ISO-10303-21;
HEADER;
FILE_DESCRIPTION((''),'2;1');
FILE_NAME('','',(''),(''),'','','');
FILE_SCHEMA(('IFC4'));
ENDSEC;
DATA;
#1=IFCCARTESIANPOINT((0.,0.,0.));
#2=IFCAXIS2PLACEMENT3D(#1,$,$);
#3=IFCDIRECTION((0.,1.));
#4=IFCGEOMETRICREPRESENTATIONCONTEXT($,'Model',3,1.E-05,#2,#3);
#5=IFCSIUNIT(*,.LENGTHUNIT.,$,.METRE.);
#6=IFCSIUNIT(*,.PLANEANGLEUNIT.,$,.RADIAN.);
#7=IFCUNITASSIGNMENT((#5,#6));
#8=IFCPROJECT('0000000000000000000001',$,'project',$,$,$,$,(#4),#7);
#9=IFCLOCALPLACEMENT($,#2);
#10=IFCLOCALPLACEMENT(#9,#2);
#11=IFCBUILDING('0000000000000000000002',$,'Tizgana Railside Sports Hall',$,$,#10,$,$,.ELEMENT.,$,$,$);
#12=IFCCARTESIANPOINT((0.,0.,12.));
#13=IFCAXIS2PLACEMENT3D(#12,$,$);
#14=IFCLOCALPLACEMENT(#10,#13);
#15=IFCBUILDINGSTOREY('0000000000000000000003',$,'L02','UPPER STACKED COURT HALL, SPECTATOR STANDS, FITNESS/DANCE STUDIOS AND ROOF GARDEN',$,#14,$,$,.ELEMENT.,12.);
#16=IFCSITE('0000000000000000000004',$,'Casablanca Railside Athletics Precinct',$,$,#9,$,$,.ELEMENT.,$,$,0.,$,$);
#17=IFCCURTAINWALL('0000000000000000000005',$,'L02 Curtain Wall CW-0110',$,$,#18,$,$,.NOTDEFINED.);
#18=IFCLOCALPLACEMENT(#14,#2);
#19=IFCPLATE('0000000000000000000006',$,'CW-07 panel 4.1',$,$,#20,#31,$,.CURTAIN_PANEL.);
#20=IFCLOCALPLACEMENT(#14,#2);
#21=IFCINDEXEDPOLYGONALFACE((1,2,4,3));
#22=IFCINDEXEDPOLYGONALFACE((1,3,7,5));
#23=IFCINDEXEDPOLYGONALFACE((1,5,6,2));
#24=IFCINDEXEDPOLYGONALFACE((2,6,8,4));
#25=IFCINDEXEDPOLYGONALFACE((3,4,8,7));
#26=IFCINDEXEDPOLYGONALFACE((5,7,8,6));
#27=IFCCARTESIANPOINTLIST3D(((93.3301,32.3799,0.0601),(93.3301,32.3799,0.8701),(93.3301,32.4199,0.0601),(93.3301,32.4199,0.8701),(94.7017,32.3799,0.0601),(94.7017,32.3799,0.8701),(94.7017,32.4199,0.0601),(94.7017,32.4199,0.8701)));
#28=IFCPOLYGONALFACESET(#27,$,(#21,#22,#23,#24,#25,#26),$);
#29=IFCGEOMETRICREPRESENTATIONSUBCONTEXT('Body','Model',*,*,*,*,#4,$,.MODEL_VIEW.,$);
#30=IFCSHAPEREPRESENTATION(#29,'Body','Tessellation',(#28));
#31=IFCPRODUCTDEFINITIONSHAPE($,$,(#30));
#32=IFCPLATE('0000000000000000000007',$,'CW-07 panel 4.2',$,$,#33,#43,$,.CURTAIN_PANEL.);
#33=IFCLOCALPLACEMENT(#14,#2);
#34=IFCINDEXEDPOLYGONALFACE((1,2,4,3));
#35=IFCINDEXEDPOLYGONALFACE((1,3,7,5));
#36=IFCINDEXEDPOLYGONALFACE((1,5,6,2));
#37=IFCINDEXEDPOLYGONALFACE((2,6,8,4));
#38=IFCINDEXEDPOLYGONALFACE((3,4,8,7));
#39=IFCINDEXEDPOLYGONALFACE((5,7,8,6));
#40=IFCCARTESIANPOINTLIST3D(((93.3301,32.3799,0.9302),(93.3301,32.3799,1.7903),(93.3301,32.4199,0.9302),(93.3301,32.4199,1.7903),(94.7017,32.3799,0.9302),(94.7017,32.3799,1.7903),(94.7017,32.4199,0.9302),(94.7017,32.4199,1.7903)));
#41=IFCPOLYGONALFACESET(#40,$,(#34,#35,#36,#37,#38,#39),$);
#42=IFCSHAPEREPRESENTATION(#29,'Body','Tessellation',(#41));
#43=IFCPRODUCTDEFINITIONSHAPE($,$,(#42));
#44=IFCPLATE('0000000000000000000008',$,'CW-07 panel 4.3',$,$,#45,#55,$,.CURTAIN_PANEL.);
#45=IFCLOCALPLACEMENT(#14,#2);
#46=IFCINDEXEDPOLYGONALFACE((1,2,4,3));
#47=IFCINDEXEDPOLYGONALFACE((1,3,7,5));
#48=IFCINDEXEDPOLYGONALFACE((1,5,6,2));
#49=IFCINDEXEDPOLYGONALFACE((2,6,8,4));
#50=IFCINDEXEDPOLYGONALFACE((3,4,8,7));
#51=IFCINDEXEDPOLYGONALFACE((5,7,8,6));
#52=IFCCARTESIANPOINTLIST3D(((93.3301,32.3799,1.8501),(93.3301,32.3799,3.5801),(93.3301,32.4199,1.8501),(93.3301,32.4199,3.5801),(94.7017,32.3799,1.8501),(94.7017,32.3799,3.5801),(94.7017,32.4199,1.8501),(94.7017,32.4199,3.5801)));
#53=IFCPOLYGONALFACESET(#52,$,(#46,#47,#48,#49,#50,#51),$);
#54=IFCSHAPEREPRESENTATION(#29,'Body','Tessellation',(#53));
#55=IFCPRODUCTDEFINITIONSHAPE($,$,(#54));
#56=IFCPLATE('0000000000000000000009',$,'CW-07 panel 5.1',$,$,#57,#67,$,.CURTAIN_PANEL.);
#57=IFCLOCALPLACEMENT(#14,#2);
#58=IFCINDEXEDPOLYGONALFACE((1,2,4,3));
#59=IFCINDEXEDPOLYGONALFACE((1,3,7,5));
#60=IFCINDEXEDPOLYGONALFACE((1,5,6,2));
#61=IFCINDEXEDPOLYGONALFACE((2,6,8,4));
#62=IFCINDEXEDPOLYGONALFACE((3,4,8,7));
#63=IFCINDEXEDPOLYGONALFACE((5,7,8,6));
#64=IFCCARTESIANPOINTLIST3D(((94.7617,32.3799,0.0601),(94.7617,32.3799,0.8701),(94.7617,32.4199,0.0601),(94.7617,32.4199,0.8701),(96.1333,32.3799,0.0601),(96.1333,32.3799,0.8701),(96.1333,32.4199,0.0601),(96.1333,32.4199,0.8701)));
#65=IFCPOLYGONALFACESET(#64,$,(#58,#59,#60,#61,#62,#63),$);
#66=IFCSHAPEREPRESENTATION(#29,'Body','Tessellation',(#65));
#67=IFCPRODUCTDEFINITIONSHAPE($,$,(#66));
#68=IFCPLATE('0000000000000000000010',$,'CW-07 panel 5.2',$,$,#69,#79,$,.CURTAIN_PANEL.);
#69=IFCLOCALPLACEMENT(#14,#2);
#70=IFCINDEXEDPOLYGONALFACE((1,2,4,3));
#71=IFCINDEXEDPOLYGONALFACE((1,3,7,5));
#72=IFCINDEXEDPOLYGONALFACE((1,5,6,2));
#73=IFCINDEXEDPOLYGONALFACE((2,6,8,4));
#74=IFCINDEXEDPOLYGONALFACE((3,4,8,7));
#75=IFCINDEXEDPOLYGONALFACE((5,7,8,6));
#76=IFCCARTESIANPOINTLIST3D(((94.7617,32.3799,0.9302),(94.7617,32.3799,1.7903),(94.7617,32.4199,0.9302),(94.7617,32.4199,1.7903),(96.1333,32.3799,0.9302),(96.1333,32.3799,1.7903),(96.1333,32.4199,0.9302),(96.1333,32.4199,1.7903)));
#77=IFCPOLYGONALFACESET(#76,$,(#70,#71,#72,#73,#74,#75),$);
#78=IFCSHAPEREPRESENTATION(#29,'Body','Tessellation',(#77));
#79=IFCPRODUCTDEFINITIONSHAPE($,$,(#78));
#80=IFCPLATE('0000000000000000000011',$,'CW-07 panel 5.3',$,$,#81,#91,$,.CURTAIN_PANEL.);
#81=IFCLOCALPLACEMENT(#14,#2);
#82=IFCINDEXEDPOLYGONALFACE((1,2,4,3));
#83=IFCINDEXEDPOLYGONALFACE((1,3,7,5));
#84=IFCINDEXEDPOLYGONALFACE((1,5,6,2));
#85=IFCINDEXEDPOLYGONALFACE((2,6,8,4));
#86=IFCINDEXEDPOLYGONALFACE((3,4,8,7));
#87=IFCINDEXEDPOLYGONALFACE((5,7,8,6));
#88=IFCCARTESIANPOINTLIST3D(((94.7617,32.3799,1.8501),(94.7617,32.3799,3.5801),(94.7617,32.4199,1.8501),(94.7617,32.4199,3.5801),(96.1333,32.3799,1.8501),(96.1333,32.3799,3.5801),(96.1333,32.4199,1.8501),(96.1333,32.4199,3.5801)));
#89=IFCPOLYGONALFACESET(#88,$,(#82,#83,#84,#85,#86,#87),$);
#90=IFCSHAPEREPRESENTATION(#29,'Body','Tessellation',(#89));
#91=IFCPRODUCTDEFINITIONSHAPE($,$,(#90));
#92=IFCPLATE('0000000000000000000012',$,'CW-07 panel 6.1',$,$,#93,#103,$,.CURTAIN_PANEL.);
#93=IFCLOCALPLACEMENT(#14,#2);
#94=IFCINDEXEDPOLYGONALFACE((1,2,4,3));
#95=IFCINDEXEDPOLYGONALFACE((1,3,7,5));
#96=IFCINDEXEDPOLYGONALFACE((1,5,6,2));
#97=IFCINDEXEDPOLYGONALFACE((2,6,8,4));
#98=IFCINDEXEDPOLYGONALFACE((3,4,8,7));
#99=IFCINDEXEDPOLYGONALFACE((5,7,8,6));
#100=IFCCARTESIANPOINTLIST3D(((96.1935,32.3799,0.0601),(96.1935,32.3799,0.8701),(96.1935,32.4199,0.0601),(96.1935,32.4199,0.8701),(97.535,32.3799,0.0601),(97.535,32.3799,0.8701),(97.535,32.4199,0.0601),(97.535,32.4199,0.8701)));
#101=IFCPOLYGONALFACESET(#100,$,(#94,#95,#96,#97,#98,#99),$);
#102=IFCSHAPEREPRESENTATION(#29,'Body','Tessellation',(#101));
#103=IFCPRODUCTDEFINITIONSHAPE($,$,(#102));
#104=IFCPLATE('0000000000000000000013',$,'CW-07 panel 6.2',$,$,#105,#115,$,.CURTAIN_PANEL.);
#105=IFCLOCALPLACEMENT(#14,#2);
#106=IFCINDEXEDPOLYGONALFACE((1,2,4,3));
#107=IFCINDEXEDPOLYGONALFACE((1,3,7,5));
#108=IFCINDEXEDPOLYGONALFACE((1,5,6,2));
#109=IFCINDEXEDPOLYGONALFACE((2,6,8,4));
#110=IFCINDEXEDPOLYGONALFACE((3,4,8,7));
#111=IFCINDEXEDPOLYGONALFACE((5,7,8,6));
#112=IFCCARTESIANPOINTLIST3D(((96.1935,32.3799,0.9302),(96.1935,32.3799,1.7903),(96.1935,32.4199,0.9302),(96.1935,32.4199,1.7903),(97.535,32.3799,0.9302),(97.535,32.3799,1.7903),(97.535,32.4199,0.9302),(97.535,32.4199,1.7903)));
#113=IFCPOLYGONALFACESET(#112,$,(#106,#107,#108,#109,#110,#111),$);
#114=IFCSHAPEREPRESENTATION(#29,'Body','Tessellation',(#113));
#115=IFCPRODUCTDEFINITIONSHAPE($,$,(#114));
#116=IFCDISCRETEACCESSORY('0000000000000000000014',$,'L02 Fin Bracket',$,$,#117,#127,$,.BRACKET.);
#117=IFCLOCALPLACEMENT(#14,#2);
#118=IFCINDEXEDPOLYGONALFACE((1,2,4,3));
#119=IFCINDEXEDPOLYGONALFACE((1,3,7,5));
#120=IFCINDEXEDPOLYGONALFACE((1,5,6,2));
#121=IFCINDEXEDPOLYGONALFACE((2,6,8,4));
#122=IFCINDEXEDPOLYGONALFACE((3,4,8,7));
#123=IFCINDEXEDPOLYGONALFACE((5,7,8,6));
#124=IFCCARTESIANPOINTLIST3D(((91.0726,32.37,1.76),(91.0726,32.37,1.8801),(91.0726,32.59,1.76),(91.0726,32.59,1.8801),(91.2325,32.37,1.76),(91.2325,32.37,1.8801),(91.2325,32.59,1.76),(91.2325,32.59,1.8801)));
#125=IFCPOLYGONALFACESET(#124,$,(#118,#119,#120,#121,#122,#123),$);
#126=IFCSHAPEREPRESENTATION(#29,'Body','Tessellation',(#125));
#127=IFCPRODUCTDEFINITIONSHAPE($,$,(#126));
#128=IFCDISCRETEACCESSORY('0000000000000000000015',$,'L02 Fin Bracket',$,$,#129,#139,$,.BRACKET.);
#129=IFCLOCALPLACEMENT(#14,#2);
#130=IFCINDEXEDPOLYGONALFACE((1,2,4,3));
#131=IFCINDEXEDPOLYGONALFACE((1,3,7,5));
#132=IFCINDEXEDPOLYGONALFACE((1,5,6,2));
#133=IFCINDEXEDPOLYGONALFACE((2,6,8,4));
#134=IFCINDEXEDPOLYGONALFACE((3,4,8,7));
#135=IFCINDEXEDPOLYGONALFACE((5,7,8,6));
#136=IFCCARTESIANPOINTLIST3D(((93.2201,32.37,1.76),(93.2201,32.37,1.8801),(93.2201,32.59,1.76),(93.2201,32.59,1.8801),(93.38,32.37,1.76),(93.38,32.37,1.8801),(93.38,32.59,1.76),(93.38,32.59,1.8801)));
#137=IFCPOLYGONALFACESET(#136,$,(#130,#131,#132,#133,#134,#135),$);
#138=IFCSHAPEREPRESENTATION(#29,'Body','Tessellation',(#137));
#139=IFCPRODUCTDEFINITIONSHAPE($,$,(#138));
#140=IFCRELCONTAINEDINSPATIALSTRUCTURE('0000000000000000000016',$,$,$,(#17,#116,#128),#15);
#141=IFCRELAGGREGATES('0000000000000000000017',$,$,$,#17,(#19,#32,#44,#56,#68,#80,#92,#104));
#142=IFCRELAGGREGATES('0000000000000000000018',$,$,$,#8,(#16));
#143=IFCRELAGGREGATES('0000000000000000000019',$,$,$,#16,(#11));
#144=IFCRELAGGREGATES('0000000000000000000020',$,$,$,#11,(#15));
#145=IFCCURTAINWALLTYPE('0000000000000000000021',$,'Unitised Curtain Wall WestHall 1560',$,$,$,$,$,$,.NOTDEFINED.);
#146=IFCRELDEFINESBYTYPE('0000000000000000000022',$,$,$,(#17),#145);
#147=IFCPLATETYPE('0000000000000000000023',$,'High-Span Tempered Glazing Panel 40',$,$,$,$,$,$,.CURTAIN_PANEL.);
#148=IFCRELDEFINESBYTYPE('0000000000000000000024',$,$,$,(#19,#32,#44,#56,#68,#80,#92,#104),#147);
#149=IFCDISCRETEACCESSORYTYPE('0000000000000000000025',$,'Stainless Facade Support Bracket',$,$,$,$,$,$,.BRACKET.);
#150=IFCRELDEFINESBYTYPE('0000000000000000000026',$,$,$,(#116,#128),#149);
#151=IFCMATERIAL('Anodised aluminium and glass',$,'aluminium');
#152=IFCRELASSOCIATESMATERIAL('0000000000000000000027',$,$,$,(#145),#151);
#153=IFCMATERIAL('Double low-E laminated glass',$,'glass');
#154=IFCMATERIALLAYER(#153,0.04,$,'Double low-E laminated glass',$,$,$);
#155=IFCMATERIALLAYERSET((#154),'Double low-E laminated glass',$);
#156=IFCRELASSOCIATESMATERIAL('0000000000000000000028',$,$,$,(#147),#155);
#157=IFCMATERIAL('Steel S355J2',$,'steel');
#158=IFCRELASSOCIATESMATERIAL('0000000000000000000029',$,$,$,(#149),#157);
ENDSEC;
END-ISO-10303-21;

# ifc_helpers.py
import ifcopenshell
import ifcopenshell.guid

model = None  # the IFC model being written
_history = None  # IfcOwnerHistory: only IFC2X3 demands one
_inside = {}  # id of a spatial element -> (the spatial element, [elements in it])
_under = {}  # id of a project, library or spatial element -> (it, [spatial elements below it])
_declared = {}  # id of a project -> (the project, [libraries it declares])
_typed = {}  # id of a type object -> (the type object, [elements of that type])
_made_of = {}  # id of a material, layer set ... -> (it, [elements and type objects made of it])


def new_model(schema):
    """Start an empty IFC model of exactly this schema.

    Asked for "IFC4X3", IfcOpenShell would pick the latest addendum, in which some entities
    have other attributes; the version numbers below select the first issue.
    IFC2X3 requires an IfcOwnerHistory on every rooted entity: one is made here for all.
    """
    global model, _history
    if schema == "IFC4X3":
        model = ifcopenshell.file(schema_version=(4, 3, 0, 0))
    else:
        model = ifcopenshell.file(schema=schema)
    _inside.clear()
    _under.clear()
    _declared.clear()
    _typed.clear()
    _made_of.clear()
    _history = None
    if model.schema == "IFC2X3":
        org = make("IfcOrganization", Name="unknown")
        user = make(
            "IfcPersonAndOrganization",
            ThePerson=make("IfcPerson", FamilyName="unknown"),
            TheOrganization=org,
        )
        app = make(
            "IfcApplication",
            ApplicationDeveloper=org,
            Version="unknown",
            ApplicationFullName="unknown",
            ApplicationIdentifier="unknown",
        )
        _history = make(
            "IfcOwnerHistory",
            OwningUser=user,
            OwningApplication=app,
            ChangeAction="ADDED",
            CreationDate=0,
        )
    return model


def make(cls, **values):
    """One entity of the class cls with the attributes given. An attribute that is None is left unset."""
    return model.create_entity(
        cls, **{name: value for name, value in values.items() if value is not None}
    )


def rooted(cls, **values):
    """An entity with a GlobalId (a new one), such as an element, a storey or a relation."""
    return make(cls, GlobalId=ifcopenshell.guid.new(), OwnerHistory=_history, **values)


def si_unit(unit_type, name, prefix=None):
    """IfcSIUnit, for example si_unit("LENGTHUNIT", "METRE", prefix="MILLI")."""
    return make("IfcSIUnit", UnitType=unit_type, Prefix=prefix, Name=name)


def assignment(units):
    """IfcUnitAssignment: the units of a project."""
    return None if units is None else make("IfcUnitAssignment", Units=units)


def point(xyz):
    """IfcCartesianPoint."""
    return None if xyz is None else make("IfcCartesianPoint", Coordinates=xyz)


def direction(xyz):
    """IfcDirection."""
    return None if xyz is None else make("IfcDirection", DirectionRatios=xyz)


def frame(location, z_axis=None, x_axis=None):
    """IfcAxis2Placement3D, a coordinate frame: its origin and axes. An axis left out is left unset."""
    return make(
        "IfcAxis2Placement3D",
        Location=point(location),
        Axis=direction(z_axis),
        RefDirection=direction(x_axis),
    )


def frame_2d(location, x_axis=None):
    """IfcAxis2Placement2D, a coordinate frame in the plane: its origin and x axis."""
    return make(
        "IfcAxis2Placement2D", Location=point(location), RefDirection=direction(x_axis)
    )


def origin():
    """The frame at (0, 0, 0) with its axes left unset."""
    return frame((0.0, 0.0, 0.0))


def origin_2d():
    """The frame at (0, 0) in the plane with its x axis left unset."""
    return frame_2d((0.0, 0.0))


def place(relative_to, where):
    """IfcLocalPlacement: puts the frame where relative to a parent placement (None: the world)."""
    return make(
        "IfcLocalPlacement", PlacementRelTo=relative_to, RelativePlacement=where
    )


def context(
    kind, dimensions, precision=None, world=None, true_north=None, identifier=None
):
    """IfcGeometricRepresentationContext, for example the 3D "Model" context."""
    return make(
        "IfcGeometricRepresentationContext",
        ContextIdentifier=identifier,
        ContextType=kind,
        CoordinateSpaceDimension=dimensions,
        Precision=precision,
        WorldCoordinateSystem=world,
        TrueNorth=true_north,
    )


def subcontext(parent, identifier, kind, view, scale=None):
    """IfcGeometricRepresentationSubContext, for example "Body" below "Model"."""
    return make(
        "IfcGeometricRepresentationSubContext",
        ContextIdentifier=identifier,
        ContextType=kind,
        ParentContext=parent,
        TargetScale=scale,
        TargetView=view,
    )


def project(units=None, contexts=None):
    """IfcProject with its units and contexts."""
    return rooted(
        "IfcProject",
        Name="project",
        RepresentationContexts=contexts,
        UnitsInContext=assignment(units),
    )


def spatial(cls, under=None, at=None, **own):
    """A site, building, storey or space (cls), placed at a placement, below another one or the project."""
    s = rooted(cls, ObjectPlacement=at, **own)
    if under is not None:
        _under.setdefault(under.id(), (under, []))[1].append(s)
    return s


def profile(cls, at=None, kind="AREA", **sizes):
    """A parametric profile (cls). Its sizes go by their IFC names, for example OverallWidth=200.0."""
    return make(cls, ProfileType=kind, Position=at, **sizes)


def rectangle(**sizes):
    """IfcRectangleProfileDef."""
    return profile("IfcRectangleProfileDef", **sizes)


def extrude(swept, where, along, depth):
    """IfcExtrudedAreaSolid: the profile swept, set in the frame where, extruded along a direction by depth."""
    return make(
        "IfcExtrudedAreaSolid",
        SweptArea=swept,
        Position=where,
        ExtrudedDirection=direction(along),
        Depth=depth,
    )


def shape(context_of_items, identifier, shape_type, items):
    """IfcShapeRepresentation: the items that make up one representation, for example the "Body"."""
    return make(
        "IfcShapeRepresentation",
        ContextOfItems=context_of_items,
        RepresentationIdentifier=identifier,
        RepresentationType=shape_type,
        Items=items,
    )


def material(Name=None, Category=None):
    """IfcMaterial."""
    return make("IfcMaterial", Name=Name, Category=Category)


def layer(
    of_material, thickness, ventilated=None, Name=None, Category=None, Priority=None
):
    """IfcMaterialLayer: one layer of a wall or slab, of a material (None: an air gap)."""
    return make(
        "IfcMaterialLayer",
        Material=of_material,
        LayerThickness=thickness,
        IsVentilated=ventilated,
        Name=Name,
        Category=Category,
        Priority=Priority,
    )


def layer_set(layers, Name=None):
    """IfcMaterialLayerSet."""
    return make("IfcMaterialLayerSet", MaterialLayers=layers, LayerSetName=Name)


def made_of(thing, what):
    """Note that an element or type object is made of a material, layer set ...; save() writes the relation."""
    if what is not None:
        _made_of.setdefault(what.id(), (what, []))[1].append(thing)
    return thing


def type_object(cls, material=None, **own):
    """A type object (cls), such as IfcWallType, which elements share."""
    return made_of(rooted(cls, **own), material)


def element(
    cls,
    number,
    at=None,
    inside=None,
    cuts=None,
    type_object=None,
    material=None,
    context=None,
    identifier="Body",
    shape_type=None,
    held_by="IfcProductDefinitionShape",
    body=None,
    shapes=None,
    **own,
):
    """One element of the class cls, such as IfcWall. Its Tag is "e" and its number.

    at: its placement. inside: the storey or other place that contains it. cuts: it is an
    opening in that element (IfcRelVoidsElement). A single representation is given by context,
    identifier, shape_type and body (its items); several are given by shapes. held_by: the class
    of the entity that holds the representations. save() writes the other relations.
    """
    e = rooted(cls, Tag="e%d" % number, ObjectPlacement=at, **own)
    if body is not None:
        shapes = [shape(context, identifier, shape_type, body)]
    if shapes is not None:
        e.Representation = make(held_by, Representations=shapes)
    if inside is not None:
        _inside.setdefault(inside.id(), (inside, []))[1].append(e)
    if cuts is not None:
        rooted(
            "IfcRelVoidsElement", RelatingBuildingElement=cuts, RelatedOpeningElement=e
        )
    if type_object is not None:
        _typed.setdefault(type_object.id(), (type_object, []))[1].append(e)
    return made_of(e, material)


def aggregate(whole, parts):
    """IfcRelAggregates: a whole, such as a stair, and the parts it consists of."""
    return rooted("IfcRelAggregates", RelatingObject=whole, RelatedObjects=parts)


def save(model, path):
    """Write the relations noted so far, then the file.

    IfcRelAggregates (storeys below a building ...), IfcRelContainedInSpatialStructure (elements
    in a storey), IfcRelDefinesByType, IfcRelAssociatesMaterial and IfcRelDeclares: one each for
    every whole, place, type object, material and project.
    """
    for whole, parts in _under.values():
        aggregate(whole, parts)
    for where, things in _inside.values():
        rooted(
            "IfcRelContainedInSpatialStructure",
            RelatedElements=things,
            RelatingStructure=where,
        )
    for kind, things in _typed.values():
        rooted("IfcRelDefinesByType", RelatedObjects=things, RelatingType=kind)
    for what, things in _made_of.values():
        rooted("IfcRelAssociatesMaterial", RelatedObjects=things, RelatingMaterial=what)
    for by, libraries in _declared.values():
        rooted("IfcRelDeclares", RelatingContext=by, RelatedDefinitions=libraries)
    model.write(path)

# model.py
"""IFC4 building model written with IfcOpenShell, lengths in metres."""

from ifc_helpers import new_model, si_unit, direction, frame, origin, origin_2d, place, context, subcontext, project, spatial, rectangle, extrude, material, layer, layer_set, type_object, element, aggregate, save


model = new_model("IFC4")

# Units and contexts
model_context = context("Model", 3, precision=1e-05, world=origin(), true_north=direction((0.0, 1.0)))
body_context = subcontext(model_context, "Body", "Model", "MODEL_VIEW")
ifc_project = project(units=[si_unit("LENGTHUNIT", "METRE"), si_unit("PLANEANGLEUNIT", "RADIAN")], contexts=[model_context])

# Site, building, storey
site_placement = place(None, origin())
site = spatial("IfcSite", under=ifc_project, at=site_placement, Name="Casablanca Railside Athletics Precinct", CompositionType="ELEMENT", RefElevation=0.0)
building_placement = place(site_placement, origin())
building = spatial("IfcBuilding", under=site, at=building_placement, Name="Tizgana Railside Sports Hall", CompositionType="ELEMENT")
storey_placement = place(building_placement, frame((0.0, 0.0, 12.0)))
storey = spatial("IfcBuildingStorey", under=building, at=storey_placement, Name="L02", Description="UPPER STACKED COURT HALL, SPECTATOR STANDS, FITNESS/DANCE STUDIOS AND ROOF GARDEN", CompositionType="ELEMENT", Elevation=12.0)

# Curtain wall, plates
ifc_material_1 = material(Name="Anodised aluminium and glass", Category="aluminium")
curtain_wall_type = type_object("IfcCurtainWallType", Name="Unitised Curtain Wall WestHall 1560", PredefinedType="NOTDEFINED", material=ifc_material_1)
curtain_wall_placement = place(storey_placement, origin())
curtain_wall = element("IfcCurtainWall", 1, at=curtain_wall_placement, inside=storey, type_object=curtain_wall_type, Name="L02 Curtain Wall CW-0110", PredefinedType="NOTDEFINED")
ifc_material_2 = material(Name="Double low-E laminated glass", Category="glass")
ifc_layer = layer(ifc_material_2, 0.04, Name="Double low-E laminated glass")
ifc_layer_set = layer_set([ifc_layer], Name="Double low-E laminated glass")
plate_type = type_object("IfcPlateType", Name="High-Span Tempered Glazing Panel 40", PredefinedType="CURTAIN_PANEL", material=ifc_layer_set)
plate_1_placement = place(storey_placement, frame((94.0159, 32.3999, 0.0601), z_axis=(0.0, 0.0, 1.0), x_axis=(1.0, 0.0, 0.0)))
plate_1 = element("IfcPlate", 2, at=plate_1_placement, type_object=plate_type, Name="CW-07 panel 4.1", PredefinedType="CURTAIN_PANEL", context=body_context, shape_type="SweptSolid", body=[
    extrude(rectangle(XDim=1.3716, YDim=0.04, at=origin_2d()), origin(), (0.0, 0.0, 1.0), 0.8101),
])
plate_2_placement = place(storey_placement, frame((94.0159, 32.3999, 0.9302), z_axis=(0.0, 0.0, 1.0), x_axis=(1.0, 0.0, 0.0)))
plate_2 = element("IfcPlate", 3, at=plate_2_placement, type_object=plate_type, Name="CW-07 panel 4.2", PredefinedType="CURTAIN_PANEL", context=body_context, shape_type="SweptSolid", body=[
    extrude(rectangle(XDim=1.3716, YDim=0.04, at=origin_2d()), origin(), (0.0, 0.0, 1.0), 0.8601),
])
plate_3_placement = place(storey_placement, frame((94.0159, 32.3999, 1.8501), z_axis=(0.0, 0.0, 1.0), x_axis=(1.0, 0.0, 0.0)))
plate_3 = element("IfcPlate", 4, at=plate_3_placement, type_object=plate_type, Name="CW-07 panel 4.3", PredefinedType="CURTAIN_PANEL", context=body_context, shape_type="SweptSolid", body=[
    extrude(rectangle(XDim=1.3716, YDim=0.04, at=origin_2d()), origin(), (0.0, 0.0, 1.0), 1.73),
])
plate_4_placement = place(storey_placement, frame((95.4475, 32.3999, 0.0601), z_axis=(0.0, 0.0, 1.0), x_axis=(1.0, 0.0, 0.0)))
plate_4 = element("IfcPlate", 5, at=plate_4_placement, type_object=plate_type, Name="CW-07 panel 5.1", PredefinedType="CURTAIN_PANEL", context=body_context, shape_type="SweptSolid", body=[
    extrude(rectangle(XDim=1.3716, YDim=0.04, at=origin_2d()), origin(), (0.0, 0.0, 1.0), 0.8101),
])
plate_5_placement = place(storey_placement, frame((95.4475, 32.3999, 0.9302), z_axis=(0.0, 0.0, 1.0), x_axis=(1.0, 0.0, 0.0)))
plate_5 = element("IfcPlate", 6, at=plate_5_placement, type_object=plate_type, Name="CW-07 panel 5.2", PredefinedType="CURTAIN_PANEL", context=body_context, shape_type="SweptSolid", body=[
    extrude(rectangle(XDim=1.3716, YDim=0.04, at=origin_2d()), origin(), (0.0, 0.0, 1.0), 0.8601),
])
plate_6_placement = place(storey_placement, frame((95.4475, 32.3999, 1.8501), z_axis=(0.0, 0.0, 1.0), x_axis=(1.0, 0.0, 0.0)))
plate_6 = element("IfcPlate", 7, at=plate_6_placement, type_object=plate_type, Name="CW-07 panel 5.3", PredefinedType="CURTAIN_PANEL", context=body_context, shape_type="SweptSolid", body=[
    extrude(rectangle(XDim=1.3716, YDim=0.04, at=origin_2d()), origin(), (0.0, 0.0, 1.0), 1.73),
])
plate_7_placement = place(storey_placement, frame((96.8643, 32.3999, 0.0601), z_axis=(0.0, 0.0, 1.0), x_axis=(1.0, 0.0, 0.0)))
plate_7 = element("IfcPlate", 8, at=plate_7_placement, type_object=plate_type, Name="CW-07 panel 6.1", PredefinedType="CURTAIN_PANEL", context=body_context, shape_type="SweptSolid", body=[
    extrude(rectangle(XDim=1.3416, YDim=0.04, at=origin_2d()), origin(), (0.0, 0.0, 1.0), 0.8101),
])
plate_8_placement = place(storey_placement, frame((96.8643, 32.3999, 0.9302), z_axis=(0.0, 0.0, 1.0), x_axis=(1.0, 0.0, 0.0)))
plate_8 = element("IfcPlate", 9, at=plate_8_placement, type_object=plate_type, Name="CW-07 panel 6.2", PredefinedType="CURTAIN_PANEL", context=body_context, shape_type="SweptSolid", body=[
    extrude(rectangle(XDim=1.3416, YDim=0.04, at=origin_2d()), origin(), (0.0, 0.0, 1.0), 0.8601),
])
aggregate(curtain_wall, [plate_1, plate_2, plate_3, plate_4, plate_5, plate_6, plate_7, plate_8])

# Discrete accessories
ifc_material_3 = material(Name="Steel S355J2", Category="steel")
discrete_accessory_type = type_object("IfcDiscreteAccessoryType", Name="Stainless Facade Support Bracket", PredefinedType="BRACKET", material=ifc_material_3)
for number, where, z_axis, x_axis, name in (
    (10, (91.1526, 32.48, 1.76), (0.0, 0.0, 1.0), (1.0, 0.0, 0.0), "L02 Fin Bracket"),
    (11, (93.3, 32.48, 1.76), (0.0, 0.0, 1.0), (1.0, 0.0, 0.0), "L02 Fin Bracket"),
):
    element("IfcDiscreteAccessory", number, at=place(storey_placement, frame(where, z_axis=z_axis, x_axis=x_axis)), inside=storey, type_object=discrete_accessory_type, Name=name, PredefinedType="BRACKET", context=body_context, shape_type="SweptSolid", body=[
        extrude(rectangle(XDim=0.1599, YDim=0.22, at=origin_2d()), origin(), (0.0, 0.0, 1.0), 0.1201),
    ])

save(model, "model.ifc")
